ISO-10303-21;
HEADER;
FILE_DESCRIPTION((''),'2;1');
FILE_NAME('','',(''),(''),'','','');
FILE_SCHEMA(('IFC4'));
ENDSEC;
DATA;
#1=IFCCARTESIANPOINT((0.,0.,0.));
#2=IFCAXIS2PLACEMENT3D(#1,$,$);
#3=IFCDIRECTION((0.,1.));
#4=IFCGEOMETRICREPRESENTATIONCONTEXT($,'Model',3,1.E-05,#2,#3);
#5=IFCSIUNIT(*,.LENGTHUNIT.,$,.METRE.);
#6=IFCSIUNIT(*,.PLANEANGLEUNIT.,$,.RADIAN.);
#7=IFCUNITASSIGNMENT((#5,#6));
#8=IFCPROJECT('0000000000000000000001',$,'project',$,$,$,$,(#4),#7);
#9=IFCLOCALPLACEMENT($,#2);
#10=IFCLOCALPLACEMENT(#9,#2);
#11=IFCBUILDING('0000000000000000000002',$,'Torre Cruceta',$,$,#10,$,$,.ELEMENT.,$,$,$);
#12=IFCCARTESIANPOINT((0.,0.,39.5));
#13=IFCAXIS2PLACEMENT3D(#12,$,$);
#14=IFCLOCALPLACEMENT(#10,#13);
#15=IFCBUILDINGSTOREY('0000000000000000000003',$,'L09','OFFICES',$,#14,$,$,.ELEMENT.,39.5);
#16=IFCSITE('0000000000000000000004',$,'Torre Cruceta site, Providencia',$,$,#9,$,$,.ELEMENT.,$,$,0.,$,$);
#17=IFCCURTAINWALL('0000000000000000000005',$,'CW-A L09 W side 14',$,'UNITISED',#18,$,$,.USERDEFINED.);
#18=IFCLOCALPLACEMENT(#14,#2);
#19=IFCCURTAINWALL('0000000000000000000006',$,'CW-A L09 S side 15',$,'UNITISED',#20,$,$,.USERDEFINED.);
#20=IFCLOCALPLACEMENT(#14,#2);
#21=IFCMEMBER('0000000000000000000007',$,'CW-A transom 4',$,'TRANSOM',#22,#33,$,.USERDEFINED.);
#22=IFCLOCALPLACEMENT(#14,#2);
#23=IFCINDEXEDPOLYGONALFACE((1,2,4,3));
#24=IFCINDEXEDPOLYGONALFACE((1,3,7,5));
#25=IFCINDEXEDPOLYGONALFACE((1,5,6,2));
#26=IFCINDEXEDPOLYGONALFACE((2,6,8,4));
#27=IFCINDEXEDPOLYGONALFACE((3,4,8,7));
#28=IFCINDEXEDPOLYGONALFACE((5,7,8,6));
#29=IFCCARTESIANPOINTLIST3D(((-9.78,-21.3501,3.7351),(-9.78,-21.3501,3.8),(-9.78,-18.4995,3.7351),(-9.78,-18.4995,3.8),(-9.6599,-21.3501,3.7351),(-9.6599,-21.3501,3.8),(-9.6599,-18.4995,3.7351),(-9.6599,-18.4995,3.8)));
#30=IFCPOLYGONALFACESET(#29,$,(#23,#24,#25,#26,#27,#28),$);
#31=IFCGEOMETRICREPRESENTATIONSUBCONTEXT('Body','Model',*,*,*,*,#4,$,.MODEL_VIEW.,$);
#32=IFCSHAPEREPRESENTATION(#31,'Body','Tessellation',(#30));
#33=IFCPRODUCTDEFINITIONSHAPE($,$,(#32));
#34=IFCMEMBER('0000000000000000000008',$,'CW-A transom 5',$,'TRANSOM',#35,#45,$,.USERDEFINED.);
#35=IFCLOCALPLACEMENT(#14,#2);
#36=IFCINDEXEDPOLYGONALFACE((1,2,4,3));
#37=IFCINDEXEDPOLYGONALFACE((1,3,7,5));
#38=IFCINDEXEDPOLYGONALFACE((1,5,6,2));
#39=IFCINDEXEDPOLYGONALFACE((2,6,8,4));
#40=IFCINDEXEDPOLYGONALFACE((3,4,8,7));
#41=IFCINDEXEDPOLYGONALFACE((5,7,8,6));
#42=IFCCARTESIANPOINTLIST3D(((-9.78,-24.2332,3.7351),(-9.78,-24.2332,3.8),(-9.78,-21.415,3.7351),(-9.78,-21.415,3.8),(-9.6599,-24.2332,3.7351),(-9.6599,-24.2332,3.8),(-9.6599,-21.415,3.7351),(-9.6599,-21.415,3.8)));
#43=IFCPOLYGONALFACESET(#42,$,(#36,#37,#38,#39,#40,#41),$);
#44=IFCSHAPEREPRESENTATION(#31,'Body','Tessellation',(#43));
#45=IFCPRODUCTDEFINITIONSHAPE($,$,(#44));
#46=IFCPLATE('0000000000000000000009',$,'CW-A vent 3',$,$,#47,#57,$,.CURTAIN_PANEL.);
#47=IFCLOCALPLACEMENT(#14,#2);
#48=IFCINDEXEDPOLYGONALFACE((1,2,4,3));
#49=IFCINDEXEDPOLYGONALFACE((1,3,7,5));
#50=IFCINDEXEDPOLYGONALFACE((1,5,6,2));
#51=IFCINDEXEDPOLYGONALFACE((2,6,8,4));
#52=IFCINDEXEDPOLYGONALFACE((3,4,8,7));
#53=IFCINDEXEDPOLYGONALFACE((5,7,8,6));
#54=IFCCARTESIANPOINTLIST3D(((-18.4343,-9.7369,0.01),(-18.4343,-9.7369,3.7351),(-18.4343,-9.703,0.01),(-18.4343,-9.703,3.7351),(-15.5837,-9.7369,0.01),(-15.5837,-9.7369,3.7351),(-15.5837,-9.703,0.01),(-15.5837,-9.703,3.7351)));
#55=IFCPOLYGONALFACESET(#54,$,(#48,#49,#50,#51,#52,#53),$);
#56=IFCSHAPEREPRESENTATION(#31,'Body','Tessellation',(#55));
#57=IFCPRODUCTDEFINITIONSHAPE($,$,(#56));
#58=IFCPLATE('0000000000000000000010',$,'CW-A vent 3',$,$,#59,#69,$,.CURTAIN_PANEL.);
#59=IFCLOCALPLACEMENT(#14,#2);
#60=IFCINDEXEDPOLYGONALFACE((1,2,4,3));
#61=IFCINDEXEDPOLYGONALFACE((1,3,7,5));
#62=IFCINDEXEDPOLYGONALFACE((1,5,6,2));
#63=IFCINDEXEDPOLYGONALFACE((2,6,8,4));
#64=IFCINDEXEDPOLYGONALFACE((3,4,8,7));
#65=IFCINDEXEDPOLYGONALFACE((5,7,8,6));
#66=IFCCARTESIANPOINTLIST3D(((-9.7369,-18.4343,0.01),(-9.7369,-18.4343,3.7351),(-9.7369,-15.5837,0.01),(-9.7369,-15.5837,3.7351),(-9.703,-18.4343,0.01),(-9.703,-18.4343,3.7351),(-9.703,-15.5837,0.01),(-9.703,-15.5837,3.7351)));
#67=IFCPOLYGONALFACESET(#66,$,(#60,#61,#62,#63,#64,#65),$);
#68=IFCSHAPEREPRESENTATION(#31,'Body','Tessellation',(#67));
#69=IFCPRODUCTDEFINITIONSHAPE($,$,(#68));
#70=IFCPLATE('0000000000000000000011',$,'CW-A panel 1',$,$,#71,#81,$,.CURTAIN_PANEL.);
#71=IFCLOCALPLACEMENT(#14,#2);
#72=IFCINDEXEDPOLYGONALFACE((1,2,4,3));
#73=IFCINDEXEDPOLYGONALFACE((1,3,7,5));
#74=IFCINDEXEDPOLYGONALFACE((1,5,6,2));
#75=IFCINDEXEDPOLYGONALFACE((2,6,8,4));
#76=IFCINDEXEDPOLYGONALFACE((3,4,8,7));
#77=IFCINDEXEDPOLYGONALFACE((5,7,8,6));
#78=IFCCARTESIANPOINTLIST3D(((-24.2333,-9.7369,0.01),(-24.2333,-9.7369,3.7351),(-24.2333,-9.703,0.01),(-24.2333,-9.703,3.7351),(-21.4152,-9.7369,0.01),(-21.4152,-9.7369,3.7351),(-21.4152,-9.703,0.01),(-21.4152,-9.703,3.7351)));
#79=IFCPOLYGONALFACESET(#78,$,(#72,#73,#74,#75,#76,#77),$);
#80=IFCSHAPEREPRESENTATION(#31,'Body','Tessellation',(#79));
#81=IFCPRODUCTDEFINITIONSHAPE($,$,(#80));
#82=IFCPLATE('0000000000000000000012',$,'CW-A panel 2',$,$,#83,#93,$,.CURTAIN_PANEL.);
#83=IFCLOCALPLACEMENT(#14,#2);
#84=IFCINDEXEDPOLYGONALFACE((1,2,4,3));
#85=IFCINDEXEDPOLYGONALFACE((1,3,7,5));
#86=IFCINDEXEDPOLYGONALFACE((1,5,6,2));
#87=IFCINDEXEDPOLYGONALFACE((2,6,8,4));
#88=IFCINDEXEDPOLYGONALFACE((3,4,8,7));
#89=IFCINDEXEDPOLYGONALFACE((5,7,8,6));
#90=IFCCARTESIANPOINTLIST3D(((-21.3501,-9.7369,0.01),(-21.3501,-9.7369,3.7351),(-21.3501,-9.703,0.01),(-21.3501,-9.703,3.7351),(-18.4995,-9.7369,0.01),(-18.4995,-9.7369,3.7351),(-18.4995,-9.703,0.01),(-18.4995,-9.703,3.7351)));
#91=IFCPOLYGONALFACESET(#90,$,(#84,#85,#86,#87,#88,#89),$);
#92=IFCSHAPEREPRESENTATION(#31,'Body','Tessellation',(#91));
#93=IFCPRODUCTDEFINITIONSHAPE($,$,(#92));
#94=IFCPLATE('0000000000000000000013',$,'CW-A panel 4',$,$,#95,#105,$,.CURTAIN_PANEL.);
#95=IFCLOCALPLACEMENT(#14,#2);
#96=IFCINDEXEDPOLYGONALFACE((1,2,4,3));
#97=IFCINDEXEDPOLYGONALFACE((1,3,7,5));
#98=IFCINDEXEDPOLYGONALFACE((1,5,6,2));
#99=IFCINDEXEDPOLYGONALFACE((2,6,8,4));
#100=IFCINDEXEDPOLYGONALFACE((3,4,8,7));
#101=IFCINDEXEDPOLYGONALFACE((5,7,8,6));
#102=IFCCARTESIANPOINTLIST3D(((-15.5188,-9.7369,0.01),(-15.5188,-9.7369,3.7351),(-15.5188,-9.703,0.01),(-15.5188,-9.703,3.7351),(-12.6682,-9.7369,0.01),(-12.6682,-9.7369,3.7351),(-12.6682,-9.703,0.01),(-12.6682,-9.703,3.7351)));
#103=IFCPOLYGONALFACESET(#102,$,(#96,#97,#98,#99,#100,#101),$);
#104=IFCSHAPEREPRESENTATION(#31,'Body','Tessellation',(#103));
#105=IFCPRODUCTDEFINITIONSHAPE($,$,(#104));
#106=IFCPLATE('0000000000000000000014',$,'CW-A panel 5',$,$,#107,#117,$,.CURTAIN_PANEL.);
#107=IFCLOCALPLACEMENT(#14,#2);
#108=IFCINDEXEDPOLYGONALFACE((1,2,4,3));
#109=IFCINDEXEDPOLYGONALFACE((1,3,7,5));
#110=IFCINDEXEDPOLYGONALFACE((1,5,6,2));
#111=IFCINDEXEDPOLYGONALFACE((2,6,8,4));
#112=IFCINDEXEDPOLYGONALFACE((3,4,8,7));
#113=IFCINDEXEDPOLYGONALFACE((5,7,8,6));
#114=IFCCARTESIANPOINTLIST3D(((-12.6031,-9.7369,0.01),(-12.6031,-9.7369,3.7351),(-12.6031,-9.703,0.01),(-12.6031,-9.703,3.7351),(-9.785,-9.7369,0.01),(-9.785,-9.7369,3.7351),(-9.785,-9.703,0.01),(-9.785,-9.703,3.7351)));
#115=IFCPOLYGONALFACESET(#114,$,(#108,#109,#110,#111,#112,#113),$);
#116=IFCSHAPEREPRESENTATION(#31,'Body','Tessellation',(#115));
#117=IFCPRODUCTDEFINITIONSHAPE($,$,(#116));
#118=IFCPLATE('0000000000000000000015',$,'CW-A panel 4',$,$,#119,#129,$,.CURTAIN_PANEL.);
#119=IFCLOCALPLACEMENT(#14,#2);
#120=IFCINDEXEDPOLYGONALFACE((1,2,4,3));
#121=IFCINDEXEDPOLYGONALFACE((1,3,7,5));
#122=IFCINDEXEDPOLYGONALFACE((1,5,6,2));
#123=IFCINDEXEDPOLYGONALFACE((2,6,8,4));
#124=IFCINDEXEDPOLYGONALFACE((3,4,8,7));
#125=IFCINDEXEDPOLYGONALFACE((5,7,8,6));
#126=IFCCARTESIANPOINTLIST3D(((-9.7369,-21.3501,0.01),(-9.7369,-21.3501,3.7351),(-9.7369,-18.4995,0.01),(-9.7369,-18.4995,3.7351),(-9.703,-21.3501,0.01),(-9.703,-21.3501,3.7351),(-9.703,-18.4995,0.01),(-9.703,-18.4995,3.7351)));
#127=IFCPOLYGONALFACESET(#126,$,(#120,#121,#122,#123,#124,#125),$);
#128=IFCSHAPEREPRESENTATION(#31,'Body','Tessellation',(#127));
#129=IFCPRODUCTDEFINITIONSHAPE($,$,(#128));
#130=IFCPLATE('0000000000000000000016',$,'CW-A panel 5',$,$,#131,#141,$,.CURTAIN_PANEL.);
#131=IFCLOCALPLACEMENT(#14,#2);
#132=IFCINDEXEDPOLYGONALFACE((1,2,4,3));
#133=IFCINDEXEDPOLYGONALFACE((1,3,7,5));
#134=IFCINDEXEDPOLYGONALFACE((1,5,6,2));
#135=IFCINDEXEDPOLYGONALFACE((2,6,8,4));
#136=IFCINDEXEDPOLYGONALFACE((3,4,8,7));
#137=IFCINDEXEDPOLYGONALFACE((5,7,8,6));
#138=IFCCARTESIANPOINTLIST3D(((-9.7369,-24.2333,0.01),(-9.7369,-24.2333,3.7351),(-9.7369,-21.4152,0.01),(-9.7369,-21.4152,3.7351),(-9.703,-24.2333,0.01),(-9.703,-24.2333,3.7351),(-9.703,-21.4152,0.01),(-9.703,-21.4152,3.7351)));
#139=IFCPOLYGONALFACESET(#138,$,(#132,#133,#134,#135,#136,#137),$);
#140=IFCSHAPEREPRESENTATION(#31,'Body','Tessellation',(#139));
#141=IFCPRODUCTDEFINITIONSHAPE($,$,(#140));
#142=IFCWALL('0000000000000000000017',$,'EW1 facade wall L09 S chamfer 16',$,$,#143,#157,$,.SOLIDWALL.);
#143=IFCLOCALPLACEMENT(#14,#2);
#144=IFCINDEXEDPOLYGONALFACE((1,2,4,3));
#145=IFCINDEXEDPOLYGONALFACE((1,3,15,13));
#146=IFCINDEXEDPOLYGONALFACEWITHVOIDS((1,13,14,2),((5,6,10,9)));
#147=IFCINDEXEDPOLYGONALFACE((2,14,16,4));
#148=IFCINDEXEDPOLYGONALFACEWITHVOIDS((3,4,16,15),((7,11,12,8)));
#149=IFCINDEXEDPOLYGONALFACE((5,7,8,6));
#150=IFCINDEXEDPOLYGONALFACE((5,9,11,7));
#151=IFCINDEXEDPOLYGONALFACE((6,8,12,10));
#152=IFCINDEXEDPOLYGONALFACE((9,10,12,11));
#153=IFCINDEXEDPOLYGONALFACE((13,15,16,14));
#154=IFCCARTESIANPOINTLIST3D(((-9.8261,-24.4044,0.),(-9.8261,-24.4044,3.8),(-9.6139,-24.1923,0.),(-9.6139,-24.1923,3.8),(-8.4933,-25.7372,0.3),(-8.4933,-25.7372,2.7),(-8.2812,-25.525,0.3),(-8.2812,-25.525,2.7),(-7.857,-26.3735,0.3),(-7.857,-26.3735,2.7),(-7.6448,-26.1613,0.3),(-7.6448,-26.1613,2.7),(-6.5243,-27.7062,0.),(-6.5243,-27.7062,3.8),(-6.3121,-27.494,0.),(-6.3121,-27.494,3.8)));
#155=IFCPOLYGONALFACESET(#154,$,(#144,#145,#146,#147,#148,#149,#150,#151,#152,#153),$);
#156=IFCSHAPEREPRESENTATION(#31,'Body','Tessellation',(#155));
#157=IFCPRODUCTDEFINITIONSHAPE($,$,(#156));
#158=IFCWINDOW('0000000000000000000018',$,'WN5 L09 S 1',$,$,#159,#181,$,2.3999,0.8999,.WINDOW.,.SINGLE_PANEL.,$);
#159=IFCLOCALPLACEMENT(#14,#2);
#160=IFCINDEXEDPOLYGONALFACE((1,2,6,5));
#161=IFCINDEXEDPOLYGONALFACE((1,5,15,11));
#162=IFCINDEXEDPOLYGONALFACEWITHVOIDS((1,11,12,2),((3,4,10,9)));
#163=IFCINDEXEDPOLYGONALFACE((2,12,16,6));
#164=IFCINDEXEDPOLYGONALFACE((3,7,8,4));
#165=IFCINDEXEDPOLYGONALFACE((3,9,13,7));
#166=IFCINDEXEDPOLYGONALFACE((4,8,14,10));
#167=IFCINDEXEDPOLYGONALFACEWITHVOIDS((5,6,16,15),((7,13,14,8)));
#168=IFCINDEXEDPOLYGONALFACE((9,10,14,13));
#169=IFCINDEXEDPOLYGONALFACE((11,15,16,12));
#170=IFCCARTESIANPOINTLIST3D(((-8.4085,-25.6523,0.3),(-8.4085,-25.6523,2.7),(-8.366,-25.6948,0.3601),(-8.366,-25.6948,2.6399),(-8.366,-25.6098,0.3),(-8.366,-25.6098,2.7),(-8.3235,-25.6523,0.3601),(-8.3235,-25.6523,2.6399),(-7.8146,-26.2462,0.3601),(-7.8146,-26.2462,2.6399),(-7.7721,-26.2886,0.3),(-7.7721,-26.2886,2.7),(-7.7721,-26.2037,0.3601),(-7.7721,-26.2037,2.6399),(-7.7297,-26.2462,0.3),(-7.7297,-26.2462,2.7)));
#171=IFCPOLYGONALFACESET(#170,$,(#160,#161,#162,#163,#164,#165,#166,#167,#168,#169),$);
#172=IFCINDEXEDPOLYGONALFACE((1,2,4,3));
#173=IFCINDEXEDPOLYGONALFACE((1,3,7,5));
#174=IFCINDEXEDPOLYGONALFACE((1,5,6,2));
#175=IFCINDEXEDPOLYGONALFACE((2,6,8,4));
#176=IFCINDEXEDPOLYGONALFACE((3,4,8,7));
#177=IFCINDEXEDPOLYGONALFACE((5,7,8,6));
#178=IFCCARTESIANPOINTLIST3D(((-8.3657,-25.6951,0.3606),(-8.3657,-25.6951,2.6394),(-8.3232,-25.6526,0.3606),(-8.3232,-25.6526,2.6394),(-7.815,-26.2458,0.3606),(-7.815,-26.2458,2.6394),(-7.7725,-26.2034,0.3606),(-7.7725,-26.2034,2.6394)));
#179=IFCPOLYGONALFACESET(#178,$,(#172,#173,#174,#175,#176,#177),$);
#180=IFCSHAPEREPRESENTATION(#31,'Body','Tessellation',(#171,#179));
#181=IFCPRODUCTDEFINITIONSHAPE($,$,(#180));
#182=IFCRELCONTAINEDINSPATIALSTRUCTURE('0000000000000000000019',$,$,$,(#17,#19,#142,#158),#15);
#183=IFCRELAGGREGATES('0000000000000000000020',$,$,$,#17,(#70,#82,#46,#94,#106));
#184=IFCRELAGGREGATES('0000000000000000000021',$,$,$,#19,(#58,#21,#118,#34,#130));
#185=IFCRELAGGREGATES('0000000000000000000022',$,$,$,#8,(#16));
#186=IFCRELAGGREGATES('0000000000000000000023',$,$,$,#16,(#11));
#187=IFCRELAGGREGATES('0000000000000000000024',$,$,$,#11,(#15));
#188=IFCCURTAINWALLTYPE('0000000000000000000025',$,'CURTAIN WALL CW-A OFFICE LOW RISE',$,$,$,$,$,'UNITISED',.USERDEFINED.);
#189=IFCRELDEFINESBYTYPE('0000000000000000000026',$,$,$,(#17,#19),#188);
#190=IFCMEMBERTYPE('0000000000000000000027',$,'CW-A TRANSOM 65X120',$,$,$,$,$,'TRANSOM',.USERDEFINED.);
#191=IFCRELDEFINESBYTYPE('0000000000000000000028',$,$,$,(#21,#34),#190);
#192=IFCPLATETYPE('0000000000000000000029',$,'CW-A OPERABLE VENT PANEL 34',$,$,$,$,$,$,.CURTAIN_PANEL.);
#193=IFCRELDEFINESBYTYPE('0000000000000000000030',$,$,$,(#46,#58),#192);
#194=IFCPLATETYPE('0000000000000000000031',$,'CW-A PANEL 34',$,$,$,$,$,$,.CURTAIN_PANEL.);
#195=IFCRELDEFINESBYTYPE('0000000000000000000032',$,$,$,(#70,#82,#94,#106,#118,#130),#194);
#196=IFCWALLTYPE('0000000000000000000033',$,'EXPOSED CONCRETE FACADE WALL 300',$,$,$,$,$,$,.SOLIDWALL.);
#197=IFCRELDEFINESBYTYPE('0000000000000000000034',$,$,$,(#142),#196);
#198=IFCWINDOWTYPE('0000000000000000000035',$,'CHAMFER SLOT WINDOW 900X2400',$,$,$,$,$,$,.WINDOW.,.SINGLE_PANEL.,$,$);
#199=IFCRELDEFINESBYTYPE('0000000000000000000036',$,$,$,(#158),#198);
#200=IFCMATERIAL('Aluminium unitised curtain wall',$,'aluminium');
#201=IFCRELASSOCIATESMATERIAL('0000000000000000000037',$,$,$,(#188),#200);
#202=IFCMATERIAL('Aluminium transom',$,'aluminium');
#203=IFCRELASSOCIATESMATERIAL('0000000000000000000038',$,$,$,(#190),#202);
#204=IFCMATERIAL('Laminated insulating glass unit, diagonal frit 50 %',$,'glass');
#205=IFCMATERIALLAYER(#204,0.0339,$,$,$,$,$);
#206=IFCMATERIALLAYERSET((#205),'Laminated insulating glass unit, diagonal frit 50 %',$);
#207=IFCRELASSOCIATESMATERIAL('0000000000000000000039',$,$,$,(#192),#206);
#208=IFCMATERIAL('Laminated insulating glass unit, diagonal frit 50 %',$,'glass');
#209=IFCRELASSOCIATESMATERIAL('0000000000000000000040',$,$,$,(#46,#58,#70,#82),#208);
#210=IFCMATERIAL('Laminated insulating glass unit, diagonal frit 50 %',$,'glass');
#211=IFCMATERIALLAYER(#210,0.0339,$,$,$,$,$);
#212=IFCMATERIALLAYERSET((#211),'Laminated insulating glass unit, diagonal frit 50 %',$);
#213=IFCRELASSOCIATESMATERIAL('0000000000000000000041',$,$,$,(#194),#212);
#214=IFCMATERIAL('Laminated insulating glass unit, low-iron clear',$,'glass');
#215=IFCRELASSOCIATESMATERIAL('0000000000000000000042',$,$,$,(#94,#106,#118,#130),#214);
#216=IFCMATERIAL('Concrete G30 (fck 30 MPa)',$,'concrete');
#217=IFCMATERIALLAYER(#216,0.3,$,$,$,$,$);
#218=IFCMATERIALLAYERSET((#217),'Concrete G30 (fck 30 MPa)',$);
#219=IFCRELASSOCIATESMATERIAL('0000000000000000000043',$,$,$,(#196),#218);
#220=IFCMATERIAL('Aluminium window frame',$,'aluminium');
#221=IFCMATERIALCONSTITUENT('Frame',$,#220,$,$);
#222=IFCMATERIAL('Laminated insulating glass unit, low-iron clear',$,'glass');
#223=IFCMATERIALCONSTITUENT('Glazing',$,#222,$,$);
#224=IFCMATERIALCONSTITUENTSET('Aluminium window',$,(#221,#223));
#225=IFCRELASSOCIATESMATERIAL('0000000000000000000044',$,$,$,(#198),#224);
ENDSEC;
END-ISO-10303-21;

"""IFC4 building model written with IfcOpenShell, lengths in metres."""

from ifc_helpers import new_model, si_unit, direction, frame, frame_2d, origin, origin_2d, place, context, subcontext, project, spatial, rectangle, hollow_rectangle, extrude, material, layer, layer_set, constituent, constituent_set, material_profile, profile_set, type_object, element, fill, aggregate, save


model = new_model("IFC4")

# Units and contexts
model_context = context("Model", 3, precision=1e-05, world=origin(), true_north=direction((0.0, 1.0)))
body_context = subcontext(model_context, "Body", "Model", "MODEL_VIEW")
ifc_project = project(units=[si_unit("LENGTHUNIT", "METRE"), si_unit("PLANEANGLEUNIT", "RADIAN")], contexts=[model_context])

# Site, building, storey
site_placement = place(None, origin())
site = spatial("IfcSite", under=ifc_project, at=site_placement, Name="Torre Cruceta site, Providencia", CompositionType="ELEMENT", RefElevation=0.0)
building_placement = place(site_placement, origin())
building = spatial("IfcBuilding", under=site, at=building_placement, Name="Torre Cruceta", CompositionType="ELEMENT")
storey_placement = place(building_placement, frame((0.0, 0.0, 39.5)))
storey = spatial("IfcBuildingStorey", under=building, at=storey_placement, Name="L09", Description="OFFICES", CompositionType="ELEMENT", Elevation=39.5)

# Curtain walls
ifc_material_1 = material(Name="Aluminium unitised curtain wall", Category="aluminium")
curtain_wall_type = type_object("IfcCurtainWallType", Name="CURTAIN WALL CW-A OFFICE LOW RISE", ElementType="UNITISED", PredefinedType="USERDEFINED", material=ifc_material_1)
curtain_wall_1_placement = place(storey_placement, origin())
curtain_wall_1 = element("IfcCurtainWall", 1, at=curtain_wall_1_placement, inside=storey, type_object=curtain_wall_type, Name="CW-A L09 W side 14", ObjectType="UNITISED", PredefinedType="USERDEFINED")
curtain_wall_2_placement = place(storey_placement, origin())
curtain_wall_2 = element("IfcCurtainWall", 2, at=curtain_wall_2_placement, inside=storey, type_object=curtain_wall_type, Name="CW-A L09 S side 15", ObjectType="UNITISED", PredefinedType="USERDEFINED")

# Members
ifc_material_2 = material(Name="Aluminium transom", Category="aluminium")
ifc_material_profile_1 = material_profile(ifc_material_2, rectangle(XDim=0.1201, YDim=0.0649, at=origin_2d()), Name="AL 120X65")
ifc_profile_set_1 = profile_set([ifc_material_profile_1], Name="Aluminium transom")
member_type_1 = type_object("IfcMemberType", Name="CW-A TRANSOM 65X120", ElementType="TRANSOM", PredefinedType="USERDEFINED", material=ifc_profile_set_1)
member_1_placement = place(storey_placement, frame((-9.72, -18.4995, 3.7676), z_axis=(0.0, -1.0, 0.0), x_axis=(1.0, 0.0, 0.0)))
member_1 = element("IfcMember", 3, at=member_1_placement, type_object=member_type_1, Name="CW-A transom 4", ObjectType="TRANSOM", PredefinedType="USERDEFINED", context=body_context, shape_type="SweptSolid", body=[
    extrude(rectangle(XDim=0.1201, YDim=0.0649, at=origin_2d()), origin(), (0.0, 0.0, 1.0), 2.8506),
])
member_2_placement = place(storey_placement, frame((-9.72, -21.415, 3.7676), z_axis=(0.0, -1.0, 0.0), x_axis=(1.0, 0.0, 0.0)))
member_2 = element("IfcMember", 4, at=member_2_placement, type_object=member_type_1, Name="CW-A transom 5", ObjectType="TRANSOM", PredefinedType="USERDEFINED", context=body_context, shape_type="SweptSolid", body=[
    extrude(rectangle(XDim=0.1201, YDim=0.0649, at=origin_2d()), origin(), (0.0, 0.0, 1.0), 2.8181),
])

# Plates
ifc_material_3 = material(Name="Laminated insulating glass unit, diagonal frit 50 %", Category="glass")
ifc_material_4 = material(Name="Laminated insulating glass unit, diagonal frit 50 %", Category="glass")
ifc_layer_1 = layer(ifc_material_4, 0.0339)
ifc_layer_set_1 = layer_set([ifc_layer_1], Name="Laminated insulating glass unit, diagonal frit 50 %")
plate_type_1 = type_object("IfcPlateType", Name="CW-A OPERABLE VENT PANEL 34", PredefinedType="CURTAIN_PANEL", material=ifc_layer_set_1)
plate_1_placement = place(storey_placement, frame((-17.009, -9.72, 0.01), z_axis=(0.0, 0.0, 1.0), x_axis=(1.0, 0.0, 0.0)))
plate_1 = element("IfcPlate", 5, at=plate_1_placement, type_object=plate_type_1, material=ifc_material_3, Name="CW-A vent 3", PredefinedType="CURTAIN_PANEL", context=body_context, shape_type="SweptSolid", body=[
    extrude(rectangle(XDim=2.8506, YDim=0.0339, at=origin_2d()), origin(), (0.0, 0.0, 1.0), 3.7251),
])
plate_2_placement = place(storey_placement, frame((-9.72, -17.009, 0.01), z_axis=(0.0, 0.0, 1.0), x_axis=(0.0, -1.0, 0.0)))
plate_2 = element("IfcPlate", 6, at=plate_2_placement, type_object=plate_type_1, material=ifc_material_3, Name="CW-A vent 3", PredefinedType="CURTAIN_PANEL", context=body_context, shape_type="SweptSolid", body=[
    extrude(rectangle(XDim=2.8506, YDim=0.0339, at=origin_2d()), origin(), (0.0, 0.0, 1.0), 3.7251),
])
ifc_material_5 = material(Name="Laminated insulating glass unit, diagonal frit 50 %", Category="glass")
ifc_layer_2 = layer(ifc_material_5, 0.0339)
ifc_layer_set_2 = layer_set([ifc_layer_2], Name="Laminated insulating glass unit, diagonal frit 50 %")
plate_type_2 = type_object("IfcPlateType", Name="CW-A PANEL 34", PredefinedType="CURTAIN_PANEL", material=ifc_layer_set_2)
plate_3_placement = place(storey_placement, frame((-22.8242, -9.72, 0.01), z_axis=(0.0, 0.0, 1.0), x_axis=(1.0, 0.0, 0.0)))
plate_3 = element("IfcPlate", 7, at=plate_3_placement, type_object=plate_type_2, material=ifc_material_3, Name="CW-A panel 1", PredefinedType="CURTAIN_PANEL", context=body_context, shape_type="SweptSolid", body=[
    extrude(rectangle(XDim=2.8181, YDim=0.0339, at=origin_2d()), origin(), (0.0, 0.0, 1.0), 3.7251),
])
plate_4_placement = place(storey_placement, frame((-19.9248, -9.72, 0.01), z_axis=(0.0, 0.0, 1.0), x_axis=(1.0, 0.0, 0.0)))
plate_4 = element("IfcPlate", 8, at=plate_4_placement, type_object=plate_type_2, material=ifc_material_3, Name="CW-A panel 2", PredefinedType="CURTAIN_PANEL", context=body_context, shape_type="SweptSolid", body=[
    extrude(rectangle(XDim=2.8506, YDim=0.0339, at=origin_2d()), origin(), (0.0, 0.0, 1.0), 3.7251),
])
ifc_material_6 = material(Name="Laminated insulating glass unit, low-iron clear", Category="glass")
plate_5_placement = place(storey_placement, frame((-14.0935, -9.72, 0.01), z_axis=(0.0, 0.0, 1.0), x_axis=(1.0, 0.0, 0.0)))
plate_5 = element("IfcPlate", 9, at=plate_5_placement, type_object=plate_type_2, material=ifc_material_6, Name="CW-A panel 4", PredefinedType="CURTAIN_PANEL", context=body_context, shape_type="SweptSolid", body=[
    extrude(rectangle(XDim=2.8506, YDim=0.0339, at=origin_2d()), origin(), (0.0, 0.0, 1.0), 3.7251),
])
plate_6_placement = place(storey_placement, frame((-11.1941, -9.72, 0.01), z_axis=(0.0, 0.0, 1.0), x_axis=(1.0, 0.0, 0.0)))
plate_6 = element("IfcPlate", 10, at=plate_6_placement, type_object=plate_type_2, material=ifc_material_6, Name="CW-A panel 5", PredefinedType="CURTAIN_PANEL", context=body_context, shape_type="SweptSolid", body=[
    extrude(rectangle(XDim=2.8181, YDim=0.0339, at=origin_2d()), origin(), (0.0, 0.0, 1.0), 3.7251),
])
aggregate(curtain_wall_1, [plate_3, plate_4, plate_1, plate_5, plate_6])
plate_7_placement = place(storey_placement, frame((-9.72, -19.9248, 0.01), z_axis=(0.0, 0.0, 1.0), x_axis=(0.0, -1.0, 0.0)))
plate_7 = element("IfcPlate", 11, at=plate_7_placement, type_object=plate_type_2, material=ifc_material_6, Name="CW-A panel 4", PredefinedType="CURTAIN_PANEL", context=body_context, shape_type="SweptSolid", body=[
    extrude(rectangle(XDim=2.8506, YDim=0.0339, at=origin_2d()), origin(), (0.0, 0.0, 1.0), 3.7251),
])
plate_8_placement = place(storey_placement, frame((-9.72, -22.8242, 0.01), z_axis=(0.0, 0.0, 1.0), x_axis=(0.0, -1.0, 0.0)))
plate_8 = element("IfcPlate", 12, at=plate_8_placement, type_object=plate_type_2, material=ifc_material_6, Name="CW-A panel 5", PredefinedType="CURTAIN_PANEL", context=body_context, shape_type="SweptSolid", body=[
    extrude(rectangle(XDim=2.8181, YDim=0.0339, at=origin_2d()), origin(), (0.0, 0.0, 1.0), 3.7251),
])
aggregate(curtain_wall_2, [plate_2, member_1, plate_7, member_2, plate_8])

# Wall, opening, window
ifc_material_7 = material(Name="Concrete G30 (fck 30 MPa)", Category="concrete")
ifc_layer_3 = layer(ifc_material_7, 0.3)
ifc_layer_set_3 = layer_set([ifc_layer_3], Name="Concrete G30 (fck 30 MPa)")
wall_type = type_object("IfcWallType", Name="EXPOSED CONCRETE FACADE WALL 300", PredefinedType="SOLIDWALL", material=ifc_layer_set_3)
wall_placement = place(storey_placement, frame((-9.72, -24.2983, 0.0), z_axis=(0.0, 0.0, 1.0), x_axis=(0.707107, -0.707107, 0.0)))
wall = element("IfcWall", 13, at=wall_placement, inside=storey, type_object=wall_type, Name="EW1 facade wall L09 S chamfer 16", PredefinedType="SOLIDWALL", context=body_context, shape_type="SweptSolid", body=[
    extrude(rectangle(XDim=4.6694, YDim=0.3, at=frame_2d((2.3347, 0.0))), origin(), (0.0, 0.0, 1.0), 3.8),
])
opening_placement = place(wall_placement, frame((1.8848, 0.0, 0.3)))
opening = element("IfcOpeningElement", 14, at=opening_placement, cuts=wall, PredefinedType="OPENING", context=body_context, shape_type="SweptSolid", body=[
    extrude(rectangle(XDim=0.8999, YDim=2.3999, at=frame_2d((0.45, 1.2))), frame((0.0, 0.1599, 0.0), z_axis=(0.0, -1.0, 0.0), x_axis=(1.0, 0.0, 0.0)), (0.0, 0.0, 1.0), 0.3201),
])
ifc_material_8 = material(Name="Aluminium window frame", Category="aluminium")
ifc_constituent_1 = constituent(ifc_material_8, Name="Frame")
ifc_material_9 = material(Name="Laminated insulating glass unit, low-iron clear", Category="glass")
ifc_constituent_2 = constituent(ifc_material_9, Name="Glazing")
ifc_constituent_set = constituent_set(constituents=[ifc_constituent_1, ifc_constituent_2], Name="Aluminium window")
window_type = type_object("IfcWindowType", Name="CHAMFER SLOT WINDOW 900X2400", PartitioningType="SINGLE_PANEL", PredefinedType="WINDOW", material=ifc_constituent_set)
window_placement = place(opening_placement, origin())
window = element("IfcWindow", 15, at=window_placement, inside=storey, type_object=window_type, Name="WN5 L09 S 1", OverallHeight=2.3999, OverallWidth=0.8999, PartitioningType="SINGLE_PANEL", PredefinedType="WINDOW", context=body_context, shape_type="SweptSolid", body=[
    extrude(hollow_rectangle(XDim=0.8999, YDim=2.3999, WallThickness=0.0601, at=frame_2d((0.45, 1.2))), frame((0.0, 0.03, 0.0), z_axis=(0.0, -1.0, 0.0), x_axis=(1.0, 0.0, 0.0)), (0.0, 0.0, 1.0), 0.0601),
    extrude(rectangle(XDim=0.7788, YDim=2.2788, at=frame_2d((0.45, 1.2))), frame((0.0, 0.03, 0.0), z_axis=(0.0, -1.0, 0.0), x_axis=(1.0, 0.0, 0.0)), (0.0, 0.0, 1.0), 0.0601),
])
fill(opening, window)

save(model, "model.ifc")
